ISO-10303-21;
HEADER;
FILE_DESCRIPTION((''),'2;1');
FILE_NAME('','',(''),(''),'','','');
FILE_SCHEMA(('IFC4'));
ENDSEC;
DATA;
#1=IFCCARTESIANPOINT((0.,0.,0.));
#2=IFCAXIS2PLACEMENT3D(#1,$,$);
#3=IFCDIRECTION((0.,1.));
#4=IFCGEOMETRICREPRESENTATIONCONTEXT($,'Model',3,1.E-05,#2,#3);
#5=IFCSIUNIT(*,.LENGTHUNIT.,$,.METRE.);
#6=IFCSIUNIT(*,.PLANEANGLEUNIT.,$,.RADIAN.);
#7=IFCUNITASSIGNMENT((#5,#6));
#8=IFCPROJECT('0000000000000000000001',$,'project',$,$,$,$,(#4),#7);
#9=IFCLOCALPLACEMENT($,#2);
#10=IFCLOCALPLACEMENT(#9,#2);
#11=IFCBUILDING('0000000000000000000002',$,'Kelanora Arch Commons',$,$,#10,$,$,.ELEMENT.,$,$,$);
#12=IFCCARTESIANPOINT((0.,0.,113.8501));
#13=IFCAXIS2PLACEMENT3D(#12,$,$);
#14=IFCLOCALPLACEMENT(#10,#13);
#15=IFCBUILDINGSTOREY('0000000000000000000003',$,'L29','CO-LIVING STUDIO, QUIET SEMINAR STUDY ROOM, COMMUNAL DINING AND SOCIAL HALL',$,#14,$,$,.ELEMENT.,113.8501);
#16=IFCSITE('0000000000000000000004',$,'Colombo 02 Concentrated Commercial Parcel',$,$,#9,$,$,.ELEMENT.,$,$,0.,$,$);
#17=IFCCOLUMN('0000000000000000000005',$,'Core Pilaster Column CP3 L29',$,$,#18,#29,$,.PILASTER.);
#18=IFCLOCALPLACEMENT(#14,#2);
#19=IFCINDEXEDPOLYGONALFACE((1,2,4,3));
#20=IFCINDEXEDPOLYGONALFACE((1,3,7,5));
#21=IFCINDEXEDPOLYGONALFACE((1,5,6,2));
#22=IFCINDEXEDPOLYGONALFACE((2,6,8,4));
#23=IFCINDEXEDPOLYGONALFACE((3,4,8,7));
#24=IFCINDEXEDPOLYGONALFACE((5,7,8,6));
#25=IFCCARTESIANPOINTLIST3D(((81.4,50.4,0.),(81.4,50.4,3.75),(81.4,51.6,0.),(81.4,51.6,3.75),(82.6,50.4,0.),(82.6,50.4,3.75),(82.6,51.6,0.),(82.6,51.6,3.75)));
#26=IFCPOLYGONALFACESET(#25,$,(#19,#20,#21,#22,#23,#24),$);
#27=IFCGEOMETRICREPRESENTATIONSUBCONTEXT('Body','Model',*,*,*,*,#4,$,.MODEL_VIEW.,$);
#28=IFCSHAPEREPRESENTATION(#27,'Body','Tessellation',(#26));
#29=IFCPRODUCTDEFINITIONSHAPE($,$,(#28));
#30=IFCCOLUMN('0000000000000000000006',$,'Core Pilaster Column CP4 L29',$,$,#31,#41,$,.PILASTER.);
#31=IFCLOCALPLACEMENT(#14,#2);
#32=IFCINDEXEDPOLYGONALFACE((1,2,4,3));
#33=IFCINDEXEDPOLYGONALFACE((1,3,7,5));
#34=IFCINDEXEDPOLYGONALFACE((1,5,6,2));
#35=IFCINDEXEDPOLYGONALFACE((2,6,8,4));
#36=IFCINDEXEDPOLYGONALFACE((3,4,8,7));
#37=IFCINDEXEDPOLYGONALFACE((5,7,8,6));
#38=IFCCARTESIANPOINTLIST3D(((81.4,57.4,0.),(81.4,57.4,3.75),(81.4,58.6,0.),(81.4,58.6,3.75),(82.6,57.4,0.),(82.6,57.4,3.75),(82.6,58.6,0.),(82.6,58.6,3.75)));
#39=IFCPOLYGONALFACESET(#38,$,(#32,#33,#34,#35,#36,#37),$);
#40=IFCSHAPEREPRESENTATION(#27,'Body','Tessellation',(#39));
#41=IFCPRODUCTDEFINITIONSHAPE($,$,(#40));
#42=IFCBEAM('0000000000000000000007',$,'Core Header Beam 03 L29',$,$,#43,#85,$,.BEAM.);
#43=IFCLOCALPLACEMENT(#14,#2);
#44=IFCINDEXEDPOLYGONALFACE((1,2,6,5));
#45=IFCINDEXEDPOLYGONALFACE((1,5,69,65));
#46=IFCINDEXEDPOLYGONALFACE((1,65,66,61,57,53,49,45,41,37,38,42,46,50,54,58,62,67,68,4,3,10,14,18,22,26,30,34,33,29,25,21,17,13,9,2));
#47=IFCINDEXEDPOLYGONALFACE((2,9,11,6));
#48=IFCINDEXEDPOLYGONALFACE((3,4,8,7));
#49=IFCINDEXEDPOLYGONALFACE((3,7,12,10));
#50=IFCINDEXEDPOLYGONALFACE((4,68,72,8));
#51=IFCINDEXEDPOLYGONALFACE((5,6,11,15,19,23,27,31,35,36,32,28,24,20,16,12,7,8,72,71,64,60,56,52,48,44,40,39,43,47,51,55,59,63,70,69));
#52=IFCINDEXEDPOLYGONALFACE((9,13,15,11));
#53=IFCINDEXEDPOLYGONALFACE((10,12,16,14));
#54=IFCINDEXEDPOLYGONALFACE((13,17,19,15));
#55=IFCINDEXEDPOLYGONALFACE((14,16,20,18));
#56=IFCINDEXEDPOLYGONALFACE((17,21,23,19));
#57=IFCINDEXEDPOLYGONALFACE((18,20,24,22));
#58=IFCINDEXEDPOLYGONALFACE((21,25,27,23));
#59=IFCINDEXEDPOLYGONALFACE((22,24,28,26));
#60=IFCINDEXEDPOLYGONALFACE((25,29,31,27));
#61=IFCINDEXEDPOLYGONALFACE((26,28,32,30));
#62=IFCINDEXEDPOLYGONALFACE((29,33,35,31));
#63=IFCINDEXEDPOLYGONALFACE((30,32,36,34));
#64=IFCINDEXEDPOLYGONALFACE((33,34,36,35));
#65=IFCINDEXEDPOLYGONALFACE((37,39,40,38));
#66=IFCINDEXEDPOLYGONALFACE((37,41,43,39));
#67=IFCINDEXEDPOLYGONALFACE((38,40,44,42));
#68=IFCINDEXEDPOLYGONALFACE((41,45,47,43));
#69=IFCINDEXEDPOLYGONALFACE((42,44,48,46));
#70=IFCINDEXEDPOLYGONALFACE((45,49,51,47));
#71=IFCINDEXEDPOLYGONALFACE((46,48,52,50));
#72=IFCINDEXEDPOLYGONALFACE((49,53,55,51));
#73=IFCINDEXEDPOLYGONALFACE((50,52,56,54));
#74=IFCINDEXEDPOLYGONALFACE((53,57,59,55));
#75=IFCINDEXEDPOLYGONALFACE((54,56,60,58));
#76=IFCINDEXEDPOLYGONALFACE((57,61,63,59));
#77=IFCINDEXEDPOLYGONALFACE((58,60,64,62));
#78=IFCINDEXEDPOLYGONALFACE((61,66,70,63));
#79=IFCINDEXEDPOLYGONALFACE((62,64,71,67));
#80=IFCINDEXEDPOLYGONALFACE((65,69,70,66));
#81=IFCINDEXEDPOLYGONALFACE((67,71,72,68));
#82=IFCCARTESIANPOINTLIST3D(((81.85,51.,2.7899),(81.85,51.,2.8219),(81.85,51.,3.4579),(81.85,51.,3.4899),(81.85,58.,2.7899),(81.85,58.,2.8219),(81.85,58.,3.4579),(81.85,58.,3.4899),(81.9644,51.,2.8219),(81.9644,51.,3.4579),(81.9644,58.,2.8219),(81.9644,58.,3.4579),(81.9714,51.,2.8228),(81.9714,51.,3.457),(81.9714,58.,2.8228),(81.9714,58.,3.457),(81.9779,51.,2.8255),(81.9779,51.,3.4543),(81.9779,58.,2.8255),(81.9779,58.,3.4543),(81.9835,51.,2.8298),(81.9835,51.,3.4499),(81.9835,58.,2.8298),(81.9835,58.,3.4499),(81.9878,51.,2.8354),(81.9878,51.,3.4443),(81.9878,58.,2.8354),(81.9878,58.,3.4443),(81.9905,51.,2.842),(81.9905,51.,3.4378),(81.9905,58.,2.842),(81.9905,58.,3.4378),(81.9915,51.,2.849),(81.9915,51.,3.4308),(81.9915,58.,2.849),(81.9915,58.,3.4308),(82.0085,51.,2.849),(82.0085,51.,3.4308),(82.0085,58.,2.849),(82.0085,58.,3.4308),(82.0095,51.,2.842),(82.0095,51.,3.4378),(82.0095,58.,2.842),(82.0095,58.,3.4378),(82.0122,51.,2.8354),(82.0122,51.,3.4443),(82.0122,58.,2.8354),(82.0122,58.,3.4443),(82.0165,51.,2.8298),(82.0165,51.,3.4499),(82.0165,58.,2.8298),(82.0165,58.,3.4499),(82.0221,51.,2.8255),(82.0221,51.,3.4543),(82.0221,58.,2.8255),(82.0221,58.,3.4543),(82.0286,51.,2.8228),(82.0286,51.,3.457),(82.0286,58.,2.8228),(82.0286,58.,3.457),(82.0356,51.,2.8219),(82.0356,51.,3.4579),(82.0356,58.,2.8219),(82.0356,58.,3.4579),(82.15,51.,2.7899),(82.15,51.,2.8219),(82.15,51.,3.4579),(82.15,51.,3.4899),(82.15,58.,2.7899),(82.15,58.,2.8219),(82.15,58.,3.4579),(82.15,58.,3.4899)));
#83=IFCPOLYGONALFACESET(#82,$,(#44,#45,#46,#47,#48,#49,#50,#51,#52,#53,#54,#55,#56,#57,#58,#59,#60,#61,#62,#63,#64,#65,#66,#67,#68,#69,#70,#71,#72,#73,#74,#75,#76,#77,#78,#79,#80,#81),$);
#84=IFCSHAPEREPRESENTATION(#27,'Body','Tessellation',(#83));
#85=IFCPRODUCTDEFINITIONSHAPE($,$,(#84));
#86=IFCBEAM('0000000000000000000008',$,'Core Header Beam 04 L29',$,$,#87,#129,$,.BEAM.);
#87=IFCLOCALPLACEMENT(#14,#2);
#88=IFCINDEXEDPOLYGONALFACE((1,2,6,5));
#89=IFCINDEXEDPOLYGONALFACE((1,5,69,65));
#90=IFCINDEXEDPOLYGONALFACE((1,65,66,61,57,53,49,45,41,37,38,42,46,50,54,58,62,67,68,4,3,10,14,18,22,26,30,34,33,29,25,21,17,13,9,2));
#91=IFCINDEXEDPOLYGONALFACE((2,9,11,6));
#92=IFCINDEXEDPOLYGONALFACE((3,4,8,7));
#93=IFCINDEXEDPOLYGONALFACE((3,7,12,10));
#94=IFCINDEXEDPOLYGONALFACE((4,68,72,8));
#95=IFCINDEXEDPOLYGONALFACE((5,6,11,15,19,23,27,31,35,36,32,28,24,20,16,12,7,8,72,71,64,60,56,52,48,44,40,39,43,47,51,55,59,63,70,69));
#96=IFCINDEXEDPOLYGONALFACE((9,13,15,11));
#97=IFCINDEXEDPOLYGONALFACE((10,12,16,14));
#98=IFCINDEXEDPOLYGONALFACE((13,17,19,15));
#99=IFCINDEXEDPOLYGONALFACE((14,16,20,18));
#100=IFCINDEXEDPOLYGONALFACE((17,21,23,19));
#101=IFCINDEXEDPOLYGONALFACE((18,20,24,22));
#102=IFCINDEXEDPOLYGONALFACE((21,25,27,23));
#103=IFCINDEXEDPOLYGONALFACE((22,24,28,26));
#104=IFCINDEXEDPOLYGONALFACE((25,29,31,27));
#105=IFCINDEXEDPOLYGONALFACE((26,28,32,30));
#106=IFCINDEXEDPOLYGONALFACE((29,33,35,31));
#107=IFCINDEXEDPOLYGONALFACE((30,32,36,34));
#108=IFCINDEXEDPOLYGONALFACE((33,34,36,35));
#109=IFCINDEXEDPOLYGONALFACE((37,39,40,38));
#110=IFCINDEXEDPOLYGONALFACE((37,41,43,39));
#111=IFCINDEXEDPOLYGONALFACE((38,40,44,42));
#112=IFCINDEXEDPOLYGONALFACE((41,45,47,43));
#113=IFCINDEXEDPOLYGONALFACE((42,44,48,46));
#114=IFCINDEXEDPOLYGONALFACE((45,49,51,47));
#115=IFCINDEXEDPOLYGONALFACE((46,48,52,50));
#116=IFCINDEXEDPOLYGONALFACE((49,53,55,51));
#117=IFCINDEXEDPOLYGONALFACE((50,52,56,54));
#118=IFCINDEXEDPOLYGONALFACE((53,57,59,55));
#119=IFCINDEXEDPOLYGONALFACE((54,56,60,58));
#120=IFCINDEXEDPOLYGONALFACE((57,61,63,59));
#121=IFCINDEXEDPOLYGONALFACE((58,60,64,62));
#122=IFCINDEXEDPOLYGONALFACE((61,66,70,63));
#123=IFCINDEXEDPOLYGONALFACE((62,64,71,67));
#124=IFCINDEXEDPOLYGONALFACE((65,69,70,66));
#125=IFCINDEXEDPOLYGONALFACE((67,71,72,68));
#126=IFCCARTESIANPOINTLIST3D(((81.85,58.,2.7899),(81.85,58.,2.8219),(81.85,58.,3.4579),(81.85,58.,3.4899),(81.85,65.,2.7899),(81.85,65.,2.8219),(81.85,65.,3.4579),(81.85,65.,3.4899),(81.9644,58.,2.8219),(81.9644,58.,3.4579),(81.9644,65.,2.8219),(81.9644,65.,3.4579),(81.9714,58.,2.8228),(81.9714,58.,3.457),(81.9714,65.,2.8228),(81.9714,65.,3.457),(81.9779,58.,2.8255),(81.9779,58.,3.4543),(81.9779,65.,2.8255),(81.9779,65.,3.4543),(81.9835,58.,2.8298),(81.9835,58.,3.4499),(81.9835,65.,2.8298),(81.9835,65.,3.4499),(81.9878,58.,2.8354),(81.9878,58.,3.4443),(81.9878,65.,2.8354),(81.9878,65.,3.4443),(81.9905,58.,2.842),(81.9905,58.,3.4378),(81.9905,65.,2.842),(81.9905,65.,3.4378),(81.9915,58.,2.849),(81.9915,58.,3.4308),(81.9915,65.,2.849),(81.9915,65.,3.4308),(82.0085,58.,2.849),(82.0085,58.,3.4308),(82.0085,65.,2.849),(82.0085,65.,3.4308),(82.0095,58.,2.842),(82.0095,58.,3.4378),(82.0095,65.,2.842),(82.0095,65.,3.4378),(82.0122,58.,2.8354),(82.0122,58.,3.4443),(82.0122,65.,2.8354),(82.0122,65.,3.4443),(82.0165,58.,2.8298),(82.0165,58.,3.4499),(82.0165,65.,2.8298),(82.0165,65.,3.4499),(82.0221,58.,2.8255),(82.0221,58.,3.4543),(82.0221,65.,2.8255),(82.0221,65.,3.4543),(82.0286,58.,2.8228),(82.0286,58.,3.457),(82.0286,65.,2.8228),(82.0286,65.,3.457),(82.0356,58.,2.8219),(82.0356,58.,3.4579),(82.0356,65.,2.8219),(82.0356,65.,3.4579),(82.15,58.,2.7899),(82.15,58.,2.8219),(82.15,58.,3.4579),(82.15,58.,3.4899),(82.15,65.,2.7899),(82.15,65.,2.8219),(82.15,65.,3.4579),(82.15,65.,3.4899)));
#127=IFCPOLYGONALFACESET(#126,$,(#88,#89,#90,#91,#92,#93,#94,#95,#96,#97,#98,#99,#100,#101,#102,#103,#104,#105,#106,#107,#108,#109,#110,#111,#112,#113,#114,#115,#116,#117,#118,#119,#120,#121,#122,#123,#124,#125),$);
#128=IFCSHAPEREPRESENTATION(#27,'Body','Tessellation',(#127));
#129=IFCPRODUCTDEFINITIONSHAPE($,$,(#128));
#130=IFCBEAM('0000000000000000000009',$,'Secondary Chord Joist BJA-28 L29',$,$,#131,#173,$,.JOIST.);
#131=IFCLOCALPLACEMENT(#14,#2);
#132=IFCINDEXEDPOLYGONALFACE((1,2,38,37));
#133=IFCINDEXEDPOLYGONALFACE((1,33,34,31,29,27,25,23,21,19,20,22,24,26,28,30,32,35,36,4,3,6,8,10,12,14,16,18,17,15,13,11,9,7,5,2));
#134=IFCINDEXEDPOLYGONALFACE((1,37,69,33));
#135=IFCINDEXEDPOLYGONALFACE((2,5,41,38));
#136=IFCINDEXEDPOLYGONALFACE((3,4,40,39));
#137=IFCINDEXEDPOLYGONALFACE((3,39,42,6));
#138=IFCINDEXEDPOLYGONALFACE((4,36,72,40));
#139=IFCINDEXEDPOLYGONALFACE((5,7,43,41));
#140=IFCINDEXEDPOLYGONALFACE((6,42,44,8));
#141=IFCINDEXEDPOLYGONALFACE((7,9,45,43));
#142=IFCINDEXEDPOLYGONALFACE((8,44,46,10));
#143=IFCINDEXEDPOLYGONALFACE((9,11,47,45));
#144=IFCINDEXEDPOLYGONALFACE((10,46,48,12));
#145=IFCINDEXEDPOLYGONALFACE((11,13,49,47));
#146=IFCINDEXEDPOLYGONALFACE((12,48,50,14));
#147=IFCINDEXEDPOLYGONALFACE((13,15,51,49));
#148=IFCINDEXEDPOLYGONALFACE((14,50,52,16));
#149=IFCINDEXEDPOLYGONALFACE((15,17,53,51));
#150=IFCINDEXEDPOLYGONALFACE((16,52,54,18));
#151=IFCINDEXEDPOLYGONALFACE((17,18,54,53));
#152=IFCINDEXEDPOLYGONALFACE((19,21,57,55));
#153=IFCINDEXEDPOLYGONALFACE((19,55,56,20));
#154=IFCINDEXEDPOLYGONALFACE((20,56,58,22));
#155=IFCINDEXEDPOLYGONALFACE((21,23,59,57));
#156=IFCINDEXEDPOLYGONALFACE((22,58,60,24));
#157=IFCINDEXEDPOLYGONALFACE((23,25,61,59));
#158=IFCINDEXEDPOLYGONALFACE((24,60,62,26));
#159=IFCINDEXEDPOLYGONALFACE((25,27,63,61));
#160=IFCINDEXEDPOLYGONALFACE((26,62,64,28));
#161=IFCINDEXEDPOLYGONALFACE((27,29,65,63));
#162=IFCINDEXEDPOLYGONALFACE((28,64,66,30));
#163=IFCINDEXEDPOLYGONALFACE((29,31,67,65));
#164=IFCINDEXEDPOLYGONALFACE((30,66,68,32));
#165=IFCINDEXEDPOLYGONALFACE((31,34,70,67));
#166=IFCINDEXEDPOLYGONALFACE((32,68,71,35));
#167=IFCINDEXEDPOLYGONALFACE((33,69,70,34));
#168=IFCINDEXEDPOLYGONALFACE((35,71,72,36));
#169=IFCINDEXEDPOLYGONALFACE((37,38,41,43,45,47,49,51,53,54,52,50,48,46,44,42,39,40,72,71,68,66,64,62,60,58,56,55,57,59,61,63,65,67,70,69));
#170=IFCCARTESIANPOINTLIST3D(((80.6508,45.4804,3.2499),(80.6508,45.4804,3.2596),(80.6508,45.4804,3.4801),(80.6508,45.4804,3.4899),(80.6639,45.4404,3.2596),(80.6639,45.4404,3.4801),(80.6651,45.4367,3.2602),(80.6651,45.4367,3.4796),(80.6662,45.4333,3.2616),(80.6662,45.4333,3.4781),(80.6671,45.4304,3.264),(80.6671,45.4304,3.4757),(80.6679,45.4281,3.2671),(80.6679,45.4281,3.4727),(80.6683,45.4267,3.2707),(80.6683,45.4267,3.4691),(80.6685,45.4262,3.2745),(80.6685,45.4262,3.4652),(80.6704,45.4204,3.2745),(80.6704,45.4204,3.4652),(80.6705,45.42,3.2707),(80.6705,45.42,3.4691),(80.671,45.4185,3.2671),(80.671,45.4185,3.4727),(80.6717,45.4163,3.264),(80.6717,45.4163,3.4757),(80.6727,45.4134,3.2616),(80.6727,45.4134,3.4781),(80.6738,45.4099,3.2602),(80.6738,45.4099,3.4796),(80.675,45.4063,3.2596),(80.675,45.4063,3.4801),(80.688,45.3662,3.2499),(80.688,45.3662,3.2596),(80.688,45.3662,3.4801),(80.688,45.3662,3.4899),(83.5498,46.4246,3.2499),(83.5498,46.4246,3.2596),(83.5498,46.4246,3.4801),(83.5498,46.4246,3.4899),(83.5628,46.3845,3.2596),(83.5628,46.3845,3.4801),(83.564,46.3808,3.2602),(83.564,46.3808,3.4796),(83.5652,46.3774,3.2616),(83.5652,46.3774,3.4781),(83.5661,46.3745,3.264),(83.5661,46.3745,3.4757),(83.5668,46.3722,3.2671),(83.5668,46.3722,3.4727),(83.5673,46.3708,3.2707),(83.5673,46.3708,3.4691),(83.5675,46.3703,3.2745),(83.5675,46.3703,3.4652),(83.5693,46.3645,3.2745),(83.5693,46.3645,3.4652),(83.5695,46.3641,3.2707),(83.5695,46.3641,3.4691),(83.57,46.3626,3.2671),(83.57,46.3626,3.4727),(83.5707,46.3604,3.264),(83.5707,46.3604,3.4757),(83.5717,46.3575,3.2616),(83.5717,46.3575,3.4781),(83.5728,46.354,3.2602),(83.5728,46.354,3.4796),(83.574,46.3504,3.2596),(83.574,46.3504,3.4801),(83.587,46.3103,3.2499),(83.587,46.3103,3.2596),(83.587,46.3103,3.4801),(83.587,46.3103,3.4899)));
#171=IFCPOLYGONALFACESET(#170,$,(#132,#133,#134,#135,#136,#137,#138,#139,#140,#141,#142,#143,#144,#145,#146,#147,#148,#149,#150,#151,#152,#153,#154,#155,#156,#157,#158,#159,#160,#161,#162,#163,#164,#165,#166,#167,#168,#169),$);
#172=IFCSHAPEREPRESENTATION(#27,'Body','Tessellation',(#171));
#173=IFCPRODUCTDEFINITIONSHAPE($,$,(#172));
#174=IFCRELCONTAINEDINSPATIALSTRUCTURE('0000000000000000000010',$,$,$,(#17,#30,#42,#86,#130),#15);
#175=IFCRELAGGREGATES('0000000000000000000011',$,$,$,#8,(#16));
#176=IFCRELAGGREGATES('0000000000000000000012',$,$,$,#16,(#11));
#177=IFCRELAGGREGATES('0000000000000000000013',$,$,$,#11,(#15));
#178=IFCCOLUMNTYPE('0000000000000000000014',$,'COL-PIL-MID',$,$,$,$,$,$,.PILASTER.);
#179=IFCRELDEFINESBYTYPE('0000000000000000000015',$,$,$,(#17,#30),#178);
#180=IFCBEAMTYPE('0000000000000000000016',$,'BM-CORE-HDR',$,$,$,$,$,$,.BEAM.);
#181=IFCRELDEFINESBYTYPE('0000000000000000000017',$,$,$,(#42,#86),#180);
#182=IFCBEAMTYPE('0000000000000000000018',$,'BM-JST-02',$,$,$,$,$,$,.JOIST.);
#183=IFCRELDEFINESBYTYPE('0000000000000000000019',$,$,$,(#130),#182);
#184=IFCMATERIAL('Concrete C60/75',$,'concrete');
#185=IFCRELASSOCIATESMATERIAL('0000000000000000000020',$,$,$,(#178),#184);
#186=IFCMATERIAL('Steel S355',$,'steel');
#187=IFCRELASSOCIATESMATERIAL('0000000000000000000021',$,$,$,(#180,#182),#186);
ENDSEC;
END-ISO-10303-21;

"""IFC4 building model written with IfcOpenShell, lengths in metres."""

from ifc_helpers import new_model, si_unit, direction, frame, origin, origin_2d, place, context, subcontext, project, spatial, rectangle, i_section, extrude, material, material_profile, profile_set, type_object, element, save


model = new_model("IFC4")

# Units and contexts
model_context = context("Model", 3, precision=1e-05, world=origin(), true_north=direction((0.0, 1.0)))
body_context = subcontext(model_context, "Body", "Model", "MODEL_VIEW")
ifc_project = project(units=[si_unit("LENGTHUNIT", "METRE"), si_unit("PLANEANGLEUNIT", "RADIAN")], contexts=[model_context])

# Site, building, storey
site_placement = place(None, origin())
site = spatial("IfcSite", under=ifc_project, at=site_placement, Name="Colombo 02 Concentrated Commercial Parcel", CompositionType="ELEMENT", RefElevation=0.0)
building_placement = place(site_placement, origin())
building = spatial("IfcBuilding", under=site, at=building_placement, Name="Kelanora Arch Commons", CompositionType="ELEMENT")
storey_placement = place(building_placement, frame((0.0, 0.0, 113.8501)))
storey = spatial("IfcBuildingStorey", under=building, at=storey_placement, Name="L29", Description="CO-LIVING STUDIO, QUIET SEMINAR STUDY ROOM, COMMUNAL DINING AND SOCIAL HALL", CompositionType="ELEMENT", Elevation=113.8501)

# Columns
ifc_material_1 = material(Name="Concrete C60/75", Category="concrete")
ifc_material_profile_1 = material_profile(ifc_material_1, rectangle(XDim=1.2, YDim=1.2, at=origin_2d()), Name="RC1200x1200")
ifc_profile_set_1 = profile_set([ifc_material_profile_1], Name="Concrete C60/75")
column_type = type_object("IfcColumnType", Name="COL-PIL-MID", PredefinedType="PILASTER", material=ifc_profile_set_1)
for number, where, z_axis, x_axis, name in (
    (1, (82.0, 51.0, 0.0), (0.0, 0.0, 1.0), (1.0, 0.0, 0.0), "Core Pilaster Column CP3 L29"),
    (2, (82.0, 58.0, 0.0), (0.0, 0.0, 1.0), (1.0, 0.0, 0.0), "Core Pilaster Column CP4 L29"),
):
    element("IfcColumn", number, at=place(storey_placement, frame(where, z_axis=z_axis, x_axis=x_axis)), inside=storey, type_object=column_type, Name=name, PredefinedType="PILASTER", context=body_context, shape_type="SweptSolid", body=[
        extrude(rectangle(XDim=1.2, YDim=1.2, at=origin_2d()), origin(), (0.0, 0.0, 1.0), 3.75),
    ])

# Beams
ifc_material_2 = material(Name="Steel S355", Category="steel")
ifc_material_profile_2 = material_profile(ifc_material_2, i_section(OverallWidth=0.3, OverallDepth=0.7, WebThickness=0.0171, FlangeThickness=0.032, FilletRadius=0.0271, at=origin_2d()), Name="HEB700")
ifc_profile_set_2 = profile_set([ifc_material_profile_2], Name="Steel S355")
beam_type_1 = type_object("IfcBeamType", Name="BM-CORE-HDR", PredefinedType="BEAM", material=ifc_profile_set_2)
for number, where, z_axis, x_axis, name in (
    (3, (82.0, 51.0, 3.1399), (0.0, 1.0, 0.0), (-1.0, 0.0, 0.0), "Core Header Beam 03 L29"),
    (4, (82.0, 58.0, 3.1399), (0.0, 1.0, 0.0), (-1.0, 0.0, 0.0), "Core Header Beam 04 L29"),
):
    element("IfcBeam", number, at=place(storey_placement, frame(where, z_axis=z_axis, x_axis=x_axis)), inside=storey, type_object=beam_type_1, Name=name, PredefinedType="BEAM", context=body_context, shape_type="SweptSolid", body=[
        extrude(i_section(OverallWidth=0.3, OverallDepth=0.7, WebThickness=0.0171, FlangeThickness=0.032, FilletRadius=0.0271, at=origin_2d()), origin(), (0.0, 0.0, 1.0), 7.0),
    ])
ifc_material_profile_3 = material_profile(ifc_material_2, i_section(OverallWidth=0.1201, OverallDepth=0.24, WebThickness=0.0061, FlangeThickness=0.0098, FilletRadius=0.0149, at=origin_2d()), Name="IPE240")
ifc_profile_set_3 = profile_set([ifc_material_profile_3], Name="Steel S355")
beam_type_2 = type_object("IfcBeamType", Name="BM-JST-02", PredefinedType="JOIST", material=ifc_profile_set_3)
beam_1_placement = place(storey_placement, frame((80.6694, 45.4233, 3.3699), z_axis=(0.950847, 0.309662, 0.0), x_axis=(-0.309662, 0.950847, 0.0)))
element("IfcBeam", 5, at=beam_1_placement, inside=storey, type_object=beam_type_2, Name="Secondary Chord Joist BJA-28 L29", PredefinedType="JOIST", context=body_context, shape_type="SweptSolid", body=[
    extrude(i_section(OverallWidth=0.1201, OverallDepth=0.24, WebThickness=0.0061, FlangeThickness=0.0098, FilletRadius=0.0149, at=origin_2d()), origin(), (0.0, 0.0, 1.0), 3.0488),
])

save(model, "model.ifc")
